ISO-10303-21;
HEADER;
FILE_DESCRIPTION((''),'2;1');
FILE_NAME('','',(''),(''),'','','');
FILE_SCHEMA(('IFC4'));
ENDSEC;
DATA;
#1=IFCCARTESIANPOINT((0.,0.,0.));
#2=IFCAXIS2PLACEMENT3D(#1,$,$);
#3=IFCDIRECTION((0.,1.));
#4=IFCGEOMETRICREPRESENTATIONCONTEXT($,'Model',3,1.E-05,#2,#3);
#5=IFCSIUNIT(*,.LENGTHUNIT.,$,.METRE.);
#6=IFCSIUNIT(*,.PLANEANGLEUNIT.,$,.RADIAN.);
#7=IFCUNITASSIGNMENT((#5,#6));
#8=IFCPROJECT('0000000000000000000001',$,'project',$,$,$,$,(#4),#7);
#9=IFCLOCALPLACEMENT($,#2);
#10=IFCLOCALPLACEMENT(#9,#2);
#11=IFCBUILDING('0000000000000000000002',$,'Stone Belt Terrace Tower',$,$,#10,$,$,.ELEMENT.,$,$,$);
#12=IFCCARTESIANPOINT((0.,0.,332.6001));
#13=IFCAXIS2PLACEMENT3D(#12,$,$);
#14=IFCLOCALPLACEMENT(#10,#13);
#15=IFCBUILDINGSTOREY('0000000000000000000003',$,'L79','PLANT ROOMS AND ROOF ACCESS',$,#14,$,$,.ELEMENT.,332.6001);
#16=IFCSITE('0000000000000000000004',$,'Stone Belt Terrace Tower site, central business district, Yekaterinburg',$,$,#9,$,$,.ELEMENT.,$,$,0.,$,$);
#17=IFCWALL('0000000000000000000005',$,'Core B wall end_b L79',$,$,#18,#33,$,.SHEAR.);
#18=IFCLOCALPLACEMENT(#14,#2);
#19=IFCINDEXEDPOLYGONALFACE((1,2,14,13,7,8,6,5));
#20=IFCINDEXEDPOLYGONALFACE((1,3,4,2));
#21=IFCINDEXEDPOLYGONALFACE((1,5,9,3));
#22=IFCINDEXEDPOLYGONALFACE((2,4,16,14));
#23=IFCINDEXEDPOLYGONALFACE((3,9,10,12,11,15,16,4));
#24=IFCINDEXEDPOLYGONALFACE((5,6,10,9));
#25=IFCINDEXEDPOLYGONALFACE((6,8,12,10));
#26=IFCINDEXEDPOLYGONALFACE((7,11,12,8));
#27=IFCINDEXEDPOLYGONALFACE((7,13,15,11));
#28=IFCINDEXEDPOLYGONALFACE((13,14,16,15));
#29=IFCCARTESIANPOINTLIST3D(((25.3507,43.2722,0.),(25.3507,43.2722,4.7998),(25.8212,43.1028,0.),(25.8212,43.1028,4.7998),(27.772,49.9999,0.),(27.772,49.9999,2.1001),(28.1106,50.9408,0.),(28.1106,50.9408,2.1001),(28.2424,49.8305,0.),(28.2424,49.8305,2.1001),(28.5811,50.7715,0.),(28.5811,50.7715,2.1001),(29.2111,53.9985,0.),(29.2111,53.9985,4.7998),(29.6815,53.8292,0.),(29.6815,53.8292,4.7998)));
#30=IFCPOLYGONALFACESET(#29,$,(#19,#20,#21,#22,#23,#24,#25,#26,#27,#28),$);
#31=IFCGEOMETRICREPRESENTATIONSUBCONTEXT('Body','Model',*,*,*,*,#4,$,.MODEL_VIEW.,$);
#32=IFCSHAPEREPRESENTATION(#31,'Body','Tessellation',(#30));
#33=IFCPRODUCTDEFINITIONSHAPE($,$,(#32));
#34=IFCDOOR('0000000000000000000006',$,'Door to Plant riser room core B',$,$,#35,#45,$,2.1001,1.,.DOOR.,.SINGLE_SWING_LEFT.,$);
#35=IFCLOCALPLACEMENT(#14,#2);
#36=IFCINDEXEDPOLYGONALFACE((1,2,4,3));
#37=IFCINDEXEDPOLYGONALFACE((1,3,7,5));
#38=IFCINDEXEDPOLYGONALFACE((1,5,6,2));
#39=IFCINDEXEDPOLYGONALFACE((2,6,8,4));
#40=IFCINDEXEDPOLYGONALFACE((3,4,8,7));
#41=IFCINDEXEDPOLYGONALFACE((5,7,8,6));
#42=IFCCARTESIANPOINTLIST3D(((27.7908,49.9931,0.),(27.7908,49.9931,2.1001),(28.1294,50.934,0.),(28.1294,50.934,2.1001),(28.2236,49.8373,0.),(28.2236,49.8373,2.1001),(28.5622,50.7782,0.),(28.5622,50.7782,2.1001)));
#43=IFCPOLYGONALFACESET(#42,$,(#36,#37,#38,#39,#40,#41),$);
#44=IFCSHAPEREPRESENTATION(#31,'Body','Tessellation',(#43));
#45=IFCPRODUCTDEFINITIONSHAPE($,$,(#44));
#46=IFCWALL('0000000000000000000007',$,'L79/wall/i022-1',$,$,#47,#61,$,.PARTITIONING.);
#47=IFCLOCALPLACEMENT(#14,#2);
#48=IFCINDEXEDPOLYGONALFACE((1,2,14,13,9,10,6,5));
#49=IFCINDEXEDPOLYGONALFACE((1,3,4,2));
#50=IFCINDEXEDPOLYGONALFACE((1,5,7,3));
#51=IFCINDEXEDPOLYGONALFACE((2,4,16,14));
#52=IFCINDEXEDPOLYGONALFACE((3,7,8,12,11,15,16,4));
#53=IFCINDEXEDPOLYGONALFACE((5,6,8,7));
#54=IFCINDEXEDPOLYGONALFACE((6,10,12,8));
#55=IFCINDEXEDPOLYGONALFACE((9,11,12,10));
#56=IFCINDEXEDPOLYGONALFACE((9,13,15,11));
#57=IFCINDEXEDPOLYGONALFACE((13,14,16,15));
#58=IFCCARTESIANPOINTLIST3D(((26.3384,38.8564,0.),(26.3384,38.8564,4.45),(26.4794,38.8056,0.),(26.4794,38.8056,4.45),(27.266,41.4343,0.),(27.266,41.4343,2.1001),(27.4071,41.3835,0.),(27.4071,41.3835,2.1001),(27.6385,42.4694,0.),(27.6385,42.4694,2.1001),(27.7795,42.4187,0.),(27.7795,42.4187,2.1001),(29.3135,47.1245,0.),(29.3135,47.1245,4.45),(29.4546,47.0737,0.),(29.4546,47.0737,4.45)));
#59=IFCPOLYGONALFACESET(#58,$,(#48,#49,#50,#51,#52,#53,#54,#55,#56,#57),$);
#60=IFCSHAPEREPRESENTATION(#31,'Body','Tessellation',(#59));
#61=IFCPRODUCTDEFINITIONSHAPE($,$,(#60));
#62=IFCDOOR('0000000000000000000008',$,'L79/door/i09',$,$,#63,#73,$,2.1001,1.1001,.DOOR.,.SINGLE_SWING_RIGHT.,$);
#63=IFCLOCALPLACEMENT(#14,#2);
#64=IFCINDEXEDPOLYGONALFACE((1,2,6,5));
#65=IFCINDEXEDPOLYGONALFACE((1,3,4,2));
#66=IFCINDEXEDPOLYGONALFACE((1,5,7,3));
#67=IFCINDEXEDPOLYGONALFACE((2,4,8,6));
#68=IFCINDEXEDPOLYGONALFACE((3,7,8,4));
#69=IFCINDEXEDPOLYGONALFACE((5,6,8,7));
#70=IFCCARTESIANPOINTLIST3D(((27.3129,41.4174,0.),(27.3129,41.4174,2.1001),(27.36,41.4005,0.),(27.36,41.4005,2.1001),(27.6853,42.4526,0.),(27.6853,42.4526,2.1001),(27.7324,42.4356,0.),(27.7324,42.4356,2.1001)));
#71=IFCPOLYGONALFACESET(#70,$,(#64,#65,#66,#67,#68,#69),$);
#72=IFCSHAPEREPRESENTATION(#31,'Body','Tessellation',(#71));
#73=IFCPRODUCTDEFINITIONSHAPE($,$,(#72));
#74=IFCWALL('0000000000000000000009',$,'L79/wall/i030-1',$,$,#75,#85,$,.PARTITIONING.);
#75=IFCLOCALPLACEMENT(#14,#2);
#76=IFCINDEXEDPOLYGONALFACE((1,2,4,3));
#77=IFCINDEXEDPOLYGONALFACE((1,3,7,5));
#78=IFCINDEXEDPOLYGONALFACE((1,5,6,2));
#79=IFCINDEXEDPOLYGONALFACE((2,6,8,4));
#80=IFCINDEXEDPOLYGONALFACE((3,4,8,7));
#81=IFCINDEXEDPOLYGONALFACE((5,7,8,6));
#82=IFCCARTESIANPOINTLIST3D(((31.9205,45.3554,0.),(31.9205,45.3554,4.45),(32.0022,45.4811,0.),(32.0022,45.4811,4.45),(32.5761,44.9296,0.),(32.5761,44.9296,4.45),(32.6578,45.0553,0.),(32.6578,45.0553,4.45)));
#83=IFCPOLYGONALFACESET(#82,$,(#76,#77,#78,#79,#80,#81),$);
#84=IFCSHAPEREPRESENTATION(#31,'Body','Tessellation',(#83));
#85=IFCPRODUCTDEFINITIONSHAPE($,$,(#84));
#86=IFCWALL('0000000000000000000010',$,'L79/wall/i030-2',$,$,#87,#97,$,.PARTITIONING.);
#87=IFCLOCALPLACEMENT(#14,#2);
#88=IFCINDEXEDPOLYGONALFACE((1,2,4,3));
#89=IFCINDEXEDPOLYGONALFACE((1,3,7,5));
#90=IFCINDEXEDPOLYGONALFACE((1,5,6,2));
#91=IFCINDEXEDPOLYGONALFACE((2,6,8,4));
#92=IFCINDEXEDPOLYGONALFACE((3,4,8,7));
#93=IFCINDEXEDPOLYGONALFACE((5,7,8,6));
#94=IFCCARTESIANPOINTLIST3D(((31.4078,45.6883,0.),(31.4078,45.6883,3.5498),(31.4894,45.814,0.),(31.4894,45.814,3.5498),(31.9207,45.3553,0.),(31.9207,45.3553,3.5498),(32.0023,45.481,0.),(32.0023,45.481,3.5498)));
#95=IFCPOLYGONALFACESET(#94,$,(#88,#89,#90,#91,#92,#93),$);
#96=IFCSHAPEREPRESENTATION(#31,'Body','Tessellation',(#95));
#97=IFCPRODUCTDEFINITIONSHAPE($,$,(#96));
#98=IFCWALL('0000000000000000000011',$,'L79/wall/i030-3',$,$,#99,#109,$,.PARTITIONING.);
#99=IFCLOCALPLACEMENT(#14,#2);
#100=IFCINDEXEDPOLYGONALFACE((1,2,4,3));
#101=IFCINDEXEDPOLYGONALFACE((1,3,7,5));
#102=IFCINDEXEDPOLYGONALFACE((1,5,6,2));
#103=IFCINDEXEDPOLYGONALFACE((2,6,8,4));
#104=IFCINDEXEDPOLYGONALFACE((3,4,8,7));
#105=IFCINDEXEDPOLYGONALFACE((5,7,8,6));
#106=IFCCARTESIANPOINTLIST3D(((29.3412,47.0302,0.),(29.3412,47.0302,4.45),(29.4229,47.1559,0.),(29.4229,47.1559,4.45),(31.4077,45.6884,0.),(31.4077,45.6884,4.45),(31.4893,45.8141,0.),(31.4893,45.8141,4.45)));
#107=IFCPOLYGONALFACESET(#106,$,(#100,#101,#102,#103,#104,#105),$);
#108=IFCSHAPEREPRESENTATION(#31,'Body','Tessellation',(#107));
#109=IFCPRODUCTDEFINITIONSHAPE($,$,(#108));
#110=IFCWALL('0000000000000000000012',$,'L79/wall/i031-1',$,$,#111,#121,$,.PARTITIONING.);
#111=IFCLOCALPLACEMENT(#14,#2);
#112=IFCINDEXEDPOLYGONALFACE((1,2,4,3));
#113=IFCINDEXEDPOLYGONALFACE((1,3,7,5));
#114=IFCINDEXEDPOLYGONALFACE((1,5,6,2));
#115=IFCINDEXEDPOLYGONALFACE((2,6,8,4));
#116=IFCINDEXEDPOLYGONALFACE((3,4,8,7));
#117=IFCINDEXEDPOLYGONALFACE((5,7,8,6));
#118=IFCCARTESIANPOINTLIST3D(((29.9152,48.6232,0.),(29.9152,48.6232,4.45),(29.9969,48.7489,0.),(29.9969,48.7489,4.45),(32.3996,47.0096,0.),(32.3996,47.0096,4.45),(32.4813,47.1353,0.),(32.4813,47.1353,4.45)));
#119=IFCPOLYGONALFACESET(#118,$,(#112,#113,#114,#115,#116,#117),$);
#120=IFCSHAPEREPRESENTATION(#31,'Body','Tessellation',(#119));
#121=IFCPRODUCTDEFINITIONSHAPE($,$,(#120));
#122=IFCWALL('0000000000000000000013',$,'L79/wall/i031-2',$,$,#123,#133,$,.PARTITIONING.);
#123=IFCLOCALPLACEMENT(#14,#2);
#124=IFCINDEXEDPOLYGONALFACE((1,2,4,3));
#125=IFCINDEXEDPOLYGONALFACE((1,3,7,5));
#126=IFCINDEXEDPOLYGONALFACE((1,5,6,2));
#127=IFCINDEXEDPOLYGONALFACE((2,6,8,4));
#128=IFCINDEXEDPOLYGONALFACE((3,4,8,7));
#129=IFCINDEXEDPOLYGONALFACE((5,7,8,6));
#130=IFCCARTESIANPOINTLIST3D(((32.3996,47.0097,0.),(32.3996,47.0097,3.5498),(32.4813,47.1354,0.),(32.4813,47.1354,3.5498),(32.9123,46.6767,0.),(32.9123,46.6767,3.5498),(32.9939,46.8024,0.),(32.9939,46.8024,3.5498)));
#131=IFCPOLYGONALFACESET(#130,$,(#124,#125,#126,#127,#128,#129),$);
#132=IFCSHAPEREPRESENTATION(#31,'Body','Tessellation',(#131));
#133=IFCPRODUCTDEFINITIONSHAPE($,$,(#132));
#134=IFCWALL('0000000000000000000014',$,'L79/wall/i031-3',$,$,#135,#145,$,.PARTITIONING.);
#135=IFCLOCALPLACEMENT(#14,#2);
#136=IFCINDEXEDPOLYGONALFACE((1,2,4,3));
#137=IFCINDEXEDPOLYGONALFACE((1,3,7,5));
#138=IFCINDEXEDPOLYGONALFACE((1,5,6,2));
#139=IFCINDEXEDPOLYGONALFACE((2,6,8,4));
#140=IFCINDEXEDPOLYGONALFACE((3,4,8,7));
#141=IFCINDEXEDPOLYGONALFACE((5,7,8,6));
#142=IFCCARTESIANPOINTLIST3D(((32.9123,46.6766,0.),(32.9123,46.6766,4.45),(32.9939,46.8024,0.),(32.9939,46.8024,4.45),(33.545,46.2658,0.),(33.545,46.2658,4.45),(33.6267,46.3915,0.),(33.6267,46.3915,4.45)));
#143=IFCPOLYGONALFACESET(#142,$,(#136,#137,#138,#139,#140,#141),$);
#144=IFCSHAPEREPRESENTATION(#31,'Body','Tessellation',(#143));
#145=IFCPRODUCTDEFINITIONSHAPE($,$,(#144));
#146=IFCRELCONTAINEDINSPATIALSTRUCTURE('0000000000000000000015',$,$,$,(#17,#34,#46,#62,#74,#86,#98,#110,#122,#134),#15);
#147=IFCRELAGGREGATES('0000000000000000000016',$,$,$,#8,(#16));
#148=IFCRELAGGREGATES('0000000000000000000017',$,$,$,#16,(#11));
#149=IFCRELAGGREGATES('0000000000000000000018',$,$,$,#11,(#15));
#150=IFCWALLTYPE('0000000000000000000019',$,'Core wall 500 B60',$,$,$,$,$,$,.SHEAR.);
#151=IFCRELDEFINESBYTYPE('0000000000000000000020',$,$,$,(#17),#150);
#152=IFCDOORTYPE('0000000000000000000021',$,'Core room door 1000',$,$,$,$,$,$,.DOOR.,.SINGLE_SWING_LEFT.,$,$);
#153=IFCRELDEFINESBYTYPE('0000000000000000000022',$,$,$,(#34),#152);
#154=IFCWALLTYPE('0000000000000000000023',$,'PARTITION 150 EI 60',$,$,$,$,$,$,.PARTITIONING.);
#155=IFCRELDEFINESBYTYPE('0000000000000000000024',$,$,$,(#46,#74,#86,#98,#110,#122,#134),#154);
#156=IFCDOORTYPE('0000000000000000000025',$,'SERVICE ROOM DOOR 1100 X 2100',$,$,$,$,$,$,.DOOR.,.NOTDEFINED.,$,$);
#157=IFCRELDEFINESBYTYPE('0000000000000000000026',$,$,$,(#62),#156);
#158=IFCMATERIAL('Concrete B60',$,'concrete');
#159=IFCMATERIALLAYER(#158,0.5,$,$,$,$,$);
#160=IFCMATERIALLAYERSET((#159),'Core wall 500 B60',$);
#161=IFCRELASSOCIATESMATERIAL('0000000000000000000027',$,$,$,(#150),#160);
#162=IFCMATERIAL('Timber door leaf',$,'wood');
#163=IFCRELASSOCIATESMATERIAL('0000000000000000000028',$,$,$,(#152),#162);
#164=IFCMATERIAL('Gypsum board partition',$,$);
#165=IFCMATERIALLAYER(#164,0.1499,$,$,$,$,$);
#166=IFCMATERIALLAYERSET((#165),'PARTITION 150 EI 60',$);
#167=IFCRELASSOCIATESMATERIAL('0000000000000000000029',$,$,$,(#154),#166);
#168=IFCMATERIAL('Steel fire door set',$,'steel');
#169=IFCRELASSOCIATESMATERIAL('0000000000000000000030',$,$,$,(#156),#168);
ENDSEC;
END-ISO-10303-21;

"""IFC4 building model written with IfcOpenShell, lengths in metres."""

from ifc_helpers import new_model, si_unit, direction, frame, frame_2d, origin, place, context, subcontext, project, spatial, rectangle, extrude, material, layer, layer_set, type_object, element, fill, save


model = new_model("IFC4")

# Units and contexts
model_context = context("Model", 3, precision=1e-05, world=origin(), true_north=direction((0.0, 1.0)))
body_context = subcontext(model_context, "Body", "Model", "MODEL_VIEW")
ifc_project = project(units=[si_unit("LENGTHUNIT", "METRE"), si_unit("PLANEANGLEUNIT", "RADIAN")], contexts=[model_context])

# Site, building, storey
site_placement = place(None, origin())
site = spatial("IfcSite", under=ifc_project, at=site_placement, Name="Stone Belt Terrace Tower site, central business district, Yekaterinburg", CompositionType="ELEMENT", RefElevation=0.0)
building_placement = place(site_placement, origin())
building = spatial("IfcBuilding", under=site, at=building_placement, Name="Stone Belt Terrace Tower", CompositionType="ELEMENT")
storey_placement = place(building_placement, frame((0.0, 0.0, 332.6001)))
storey = spatial("IfcBuildingStorey", under=building, at=storey_placement, Name="L79", Description="PLANT ROOMS AND ROOF ACCESS", CompositionType="ELEMENT", Elevation=332.6001)

# Shared definitions
ifc_material_1 = material(Name="Concrete B60", Category="concrete")

# Walls, openings, doors
ifc_layer_1 = layer(ifc_material_1, 0.5)
ifc_layer_set_1 = layer_set([ifc_layer_1], Name="Core wall 500 B60")
wall_type_1 = type_object("IfcWallType", Name="Core wall 500 B60", PredefinedType="SHEAR", material=ifc_layer_set_1)
wall_1_placement = place(storey_placement, frame((25.5859, 43.1875, 0.0), z_axis=(0.0, 0.0, 1.0), x_axis=(0.338632, 0.940919, 0.0)))
wall_1 = element("IfcWall", 1, at=wall_1_placement, inside=storey, type_object=wall_type_1, Name="Core B wall end_b L79", PredefinedType="SHEAR", context=body_context, shape_type="SweptSolid", body=[
    extrude(rectangle(XDim=11.3999, YDim=0.5, at=frame_2d((5.7, 0.0))), origin(), (0.0, 0.0, 1.0), 4.7998),
])
opening_1_placement = place(wall_1_placement, frame((7.1501, 0.0, 0.0)))
opening_1 = element("IfcOpeningElement", 2, at=opening_1_placement, cuts=wall_1, PredefinedType="OPENING", context=body_context, shape_type="SweptSolid", body=[
    extrude(rectangle(XDim=1.0, YDim=2.1001, at=frame_2d((0.5, 1.05))), frame((0.0, 0.26, 0.0), z_axis=(0.0, -1.0, 0.0), x_axis=(1.0, 0.0, 0.0)), (0.0, 0.0, 1.0), 0.52),
])
ifc_material_2 = material(Name="Timber door leaf", Category="wood")
door_type_1 = type_object("IfcDoorType", Name="Core room door 1000", OperationType="SINGLE_SWING_LEFT", PredefinedType="DOOR", material=ifc_material_2)
door_1_placement = place(opening_1_placement, origin())
door_1 = element("IfcDoor", 3, at=door_1_placement, inside=storey, type_object=door_type_1, Name="Door to Plant riser room core B", OperationType="SINGLE_SWING_LEFT", OverallHeight=2.1001, OverallWidth=1.0, PredefinedType="DOOR", context=body_context, shape_type="SweptSolid", body=[
    extrude(rectangle(XDim=1.0, YDim=2.1001, at=frame_2d((0.5, 1.05))), frame((0.0, 0.23, 0.0), z_axis=(0.0, -1.0, 0.0), x_axis=(1.0, 0.0, 0.0)), (0.0, 0.0, 1.0), 0.46),
])
fill(opening_1, door_1)
ifc_material_3 = material(Name="Gypsum board partition")
ifc_layer_2 = layer(ifc_material_3, 0.1499)
ifc_layer_set_2 = layer_set([ifc_layer_2], Name="PARTITION 150 EI 60")
wall_type_2 = type_object("IfcWallType", Name="PARTITION 150 EI 60", PredefinedType="PARTITIONING", material=ifc_layer_set_2)
wall_2_placement = place(storey_placement, frame((29.384, 47.0991, 0.0), z_axis=(0.0, 0.0, 1.0), x_axis=(-0.338578, -0.940938, 0.0)))
wall_2 = element("IfcWall", 4, at=wall_2_placement, inside=storey, type_object=wall_type_2, Name="L79/wall/i022-1", PredefinedType="PARTITIONING", context=body_context, shape_type="SweptSolid", body=[
    extrude(rectangle(XDim=8.7871, YDim=0.1499, at=frame_2d((4.3936, 0.0))), origin(), (0.0, 0.0, 1.0), 4.45),
])
opening_2_placement = place(wall_2_placement, frame((4.9473, 0.0, 0.0)))
opening_2 = element("IfcOpeningElement", 5, at=opening_2_placement, cuts=wall_2, PredefinedType="OPENING", context=body_context, shape_type="SweptSolid", body=[
    extrude(rectangle(XDim=1.1001, YDim=2.1001, at=frame_2d((0.55, 1.05))), frame((0.0, 0.085, 0.0), z_axis=(0.0, -1.0, 0.0), x_axis=(1.0, 0.0, 0.0)), (0.0, 0.0, 1.0), 0.1699),
])
ifc_material_4 = material(Name="Steel fire door set", Category="steel")
door_type_2 = type_object("IfcDoorType", Name="SERVICE ROOM DOOR 1100 X 2100", OperationType="NOTDEFINED", PredefinedType="DOOR", material=ifc_material_4)
door_2_placement = place(opening_2_placement, origin())
door_2 = element("IfcDoor", 6, at=door_2_placement, inside=storey, type_object=door_type_2, Name="L79/door/i09", OperationType="SINGLE_SWING_RIGHT", OverallHeight=2.1001, OverallWidth=1.1001, PredefinedType="DOOR", context=body_context, shape_type="SweptSolid", body=[
    extrude(rectangle(XDim=1.1001, YDim=2.1001, at=frame_2d((0.55, 1.05))), frame((0.0, 0.0249, 0.0), z_axis=(0.0, -1.0, 0.0), x_axis=(1.0, 0.0, 0.0)), (0.0, 0.0, 1.0), 0.05),
])
fill(opening_2, door_2)

# Walls
wall_3_placement = place(storey_placement, frame((32.6169, 44.9924, 0.0), z_axis=(0.0, 0.0, 1.0), x_axis=(-0.838622, 0.544714, 0.0)))
element("IfcWall", 7, at=wall_3_placement, inside=storey, type_object=wall_type_2, Name="L79/wall/i030-1", PredefinedType="PARTITIONING", context=body_context, shape_type="SweptSolid", body=[
    extrude(rectangle(XDim=0.7817, YDim=0.1499, at=frame_2d((0.3909, 0.0))), origin(), (0.0, 0.0, 1.0), 4.45),
])
wall_4_placement = place(storey_placement, frame((31.9614, 45.4182, 0.0), z_axis=(0.0, 0.0, 1.0), x_axis=(-0.838744, 0.544525, 0.0)))
element("IfcWall", 8, at=wall_4_placement, inside=storey, type_object=wall_type_2, Name="L79/wall/i030-2", PredefinedType="PARTITIONING", context=body_context, shape_type="SweptSolid", body=[
    extrude(rectangle(XDim=0.6116, YDim=0.1499, at=frame_2d((0.3057, 0.0))), origin(), (0.0, 0.0, 1.0), 3.5498),
])
wall_5_placement = place(storey_placement, frame((31.4485, 45.7512, 0.0), z_axis=(0.0, 0.0, 1.0), x_axis=(-0.838697, 0.544598, 0.0)))
element("IfcWall", 9, at=wall_5_placement, inside=storey, type_object=wall_type_2, Name="L79/wall/i030-3", PredefinedType="PARTITIONING", context=body_context, shape_type="SweptSolid", body=[
    extrude(rectangle(XDim=2.4639, YDim=0.1499, at=frame_2d((1.2319, 0.0))), origin(), (0.0, 0.0, 1.0), 4.45),
])
wall_6_placement = place(storey_placement, frame((29.9561, 48.686, 0.0), z_axis=(0.0, 0.0, 1.0), x_axis=(0.838647, -0.544675, 0.0)))
element("IfcWall", 10, at=wall_6_placement, inside=storey, type_object=wall_type_2, Name="L79/wall/i031-1", PredefinedType="PARTITIONING", context=body_context, shape_type="SweptSolid", body=[
    extrude(rectangle(XDim=2.9624, YDim=0.1499, at=frame_2d((1.4812, 0.0))), origin(), (0.0, 0.0, 1.0), 4.45),
])
wall_7_placement = place(storey_placement, frame((32.4404, 47.0725, 0.0), z_axis=(0.0, 0.0, 1.0), x_axis=(0.838626, -0.544708, 0.0)))
element("IfcWall", 11, at=wall_7_placement, inside=storey, type_object=wall_type_2, Name="L79/wall/i031-2", PredefinedType="PARTITIONING", context=body_context, shape_type="SweptSolid", body=[
    extrude(rectangle(XDim=0.6113, YDim=0.1499, at=frame_2d((0.3057, 0.0))), origin(), (0.0, 0.0, 1.0), 3.5498),
])
wall_8_placement = place(storey_placement, frame((32.9531, 46.7395, 0.0), z_axis=(0.0, 0.0, 1.0), x_axis=(0.83871, -0.544579, 0.0)))
element("IfcWall", 12, at=wall_8_placement, inside=storey, type_object=wall_type_2, Name="L79/wall/i031-3", PredefinedType="PARTITIONING", context=body_context, shape_type="SweptSolid", body=[
    extrude(rectangle(XDim=0.7544, YDim=0.1499, at=frame_2d((0.3772, 0.0))), origin(), (0.0, 0.0, 1.0), 4.45),
])

save(model, "model.ifc")
